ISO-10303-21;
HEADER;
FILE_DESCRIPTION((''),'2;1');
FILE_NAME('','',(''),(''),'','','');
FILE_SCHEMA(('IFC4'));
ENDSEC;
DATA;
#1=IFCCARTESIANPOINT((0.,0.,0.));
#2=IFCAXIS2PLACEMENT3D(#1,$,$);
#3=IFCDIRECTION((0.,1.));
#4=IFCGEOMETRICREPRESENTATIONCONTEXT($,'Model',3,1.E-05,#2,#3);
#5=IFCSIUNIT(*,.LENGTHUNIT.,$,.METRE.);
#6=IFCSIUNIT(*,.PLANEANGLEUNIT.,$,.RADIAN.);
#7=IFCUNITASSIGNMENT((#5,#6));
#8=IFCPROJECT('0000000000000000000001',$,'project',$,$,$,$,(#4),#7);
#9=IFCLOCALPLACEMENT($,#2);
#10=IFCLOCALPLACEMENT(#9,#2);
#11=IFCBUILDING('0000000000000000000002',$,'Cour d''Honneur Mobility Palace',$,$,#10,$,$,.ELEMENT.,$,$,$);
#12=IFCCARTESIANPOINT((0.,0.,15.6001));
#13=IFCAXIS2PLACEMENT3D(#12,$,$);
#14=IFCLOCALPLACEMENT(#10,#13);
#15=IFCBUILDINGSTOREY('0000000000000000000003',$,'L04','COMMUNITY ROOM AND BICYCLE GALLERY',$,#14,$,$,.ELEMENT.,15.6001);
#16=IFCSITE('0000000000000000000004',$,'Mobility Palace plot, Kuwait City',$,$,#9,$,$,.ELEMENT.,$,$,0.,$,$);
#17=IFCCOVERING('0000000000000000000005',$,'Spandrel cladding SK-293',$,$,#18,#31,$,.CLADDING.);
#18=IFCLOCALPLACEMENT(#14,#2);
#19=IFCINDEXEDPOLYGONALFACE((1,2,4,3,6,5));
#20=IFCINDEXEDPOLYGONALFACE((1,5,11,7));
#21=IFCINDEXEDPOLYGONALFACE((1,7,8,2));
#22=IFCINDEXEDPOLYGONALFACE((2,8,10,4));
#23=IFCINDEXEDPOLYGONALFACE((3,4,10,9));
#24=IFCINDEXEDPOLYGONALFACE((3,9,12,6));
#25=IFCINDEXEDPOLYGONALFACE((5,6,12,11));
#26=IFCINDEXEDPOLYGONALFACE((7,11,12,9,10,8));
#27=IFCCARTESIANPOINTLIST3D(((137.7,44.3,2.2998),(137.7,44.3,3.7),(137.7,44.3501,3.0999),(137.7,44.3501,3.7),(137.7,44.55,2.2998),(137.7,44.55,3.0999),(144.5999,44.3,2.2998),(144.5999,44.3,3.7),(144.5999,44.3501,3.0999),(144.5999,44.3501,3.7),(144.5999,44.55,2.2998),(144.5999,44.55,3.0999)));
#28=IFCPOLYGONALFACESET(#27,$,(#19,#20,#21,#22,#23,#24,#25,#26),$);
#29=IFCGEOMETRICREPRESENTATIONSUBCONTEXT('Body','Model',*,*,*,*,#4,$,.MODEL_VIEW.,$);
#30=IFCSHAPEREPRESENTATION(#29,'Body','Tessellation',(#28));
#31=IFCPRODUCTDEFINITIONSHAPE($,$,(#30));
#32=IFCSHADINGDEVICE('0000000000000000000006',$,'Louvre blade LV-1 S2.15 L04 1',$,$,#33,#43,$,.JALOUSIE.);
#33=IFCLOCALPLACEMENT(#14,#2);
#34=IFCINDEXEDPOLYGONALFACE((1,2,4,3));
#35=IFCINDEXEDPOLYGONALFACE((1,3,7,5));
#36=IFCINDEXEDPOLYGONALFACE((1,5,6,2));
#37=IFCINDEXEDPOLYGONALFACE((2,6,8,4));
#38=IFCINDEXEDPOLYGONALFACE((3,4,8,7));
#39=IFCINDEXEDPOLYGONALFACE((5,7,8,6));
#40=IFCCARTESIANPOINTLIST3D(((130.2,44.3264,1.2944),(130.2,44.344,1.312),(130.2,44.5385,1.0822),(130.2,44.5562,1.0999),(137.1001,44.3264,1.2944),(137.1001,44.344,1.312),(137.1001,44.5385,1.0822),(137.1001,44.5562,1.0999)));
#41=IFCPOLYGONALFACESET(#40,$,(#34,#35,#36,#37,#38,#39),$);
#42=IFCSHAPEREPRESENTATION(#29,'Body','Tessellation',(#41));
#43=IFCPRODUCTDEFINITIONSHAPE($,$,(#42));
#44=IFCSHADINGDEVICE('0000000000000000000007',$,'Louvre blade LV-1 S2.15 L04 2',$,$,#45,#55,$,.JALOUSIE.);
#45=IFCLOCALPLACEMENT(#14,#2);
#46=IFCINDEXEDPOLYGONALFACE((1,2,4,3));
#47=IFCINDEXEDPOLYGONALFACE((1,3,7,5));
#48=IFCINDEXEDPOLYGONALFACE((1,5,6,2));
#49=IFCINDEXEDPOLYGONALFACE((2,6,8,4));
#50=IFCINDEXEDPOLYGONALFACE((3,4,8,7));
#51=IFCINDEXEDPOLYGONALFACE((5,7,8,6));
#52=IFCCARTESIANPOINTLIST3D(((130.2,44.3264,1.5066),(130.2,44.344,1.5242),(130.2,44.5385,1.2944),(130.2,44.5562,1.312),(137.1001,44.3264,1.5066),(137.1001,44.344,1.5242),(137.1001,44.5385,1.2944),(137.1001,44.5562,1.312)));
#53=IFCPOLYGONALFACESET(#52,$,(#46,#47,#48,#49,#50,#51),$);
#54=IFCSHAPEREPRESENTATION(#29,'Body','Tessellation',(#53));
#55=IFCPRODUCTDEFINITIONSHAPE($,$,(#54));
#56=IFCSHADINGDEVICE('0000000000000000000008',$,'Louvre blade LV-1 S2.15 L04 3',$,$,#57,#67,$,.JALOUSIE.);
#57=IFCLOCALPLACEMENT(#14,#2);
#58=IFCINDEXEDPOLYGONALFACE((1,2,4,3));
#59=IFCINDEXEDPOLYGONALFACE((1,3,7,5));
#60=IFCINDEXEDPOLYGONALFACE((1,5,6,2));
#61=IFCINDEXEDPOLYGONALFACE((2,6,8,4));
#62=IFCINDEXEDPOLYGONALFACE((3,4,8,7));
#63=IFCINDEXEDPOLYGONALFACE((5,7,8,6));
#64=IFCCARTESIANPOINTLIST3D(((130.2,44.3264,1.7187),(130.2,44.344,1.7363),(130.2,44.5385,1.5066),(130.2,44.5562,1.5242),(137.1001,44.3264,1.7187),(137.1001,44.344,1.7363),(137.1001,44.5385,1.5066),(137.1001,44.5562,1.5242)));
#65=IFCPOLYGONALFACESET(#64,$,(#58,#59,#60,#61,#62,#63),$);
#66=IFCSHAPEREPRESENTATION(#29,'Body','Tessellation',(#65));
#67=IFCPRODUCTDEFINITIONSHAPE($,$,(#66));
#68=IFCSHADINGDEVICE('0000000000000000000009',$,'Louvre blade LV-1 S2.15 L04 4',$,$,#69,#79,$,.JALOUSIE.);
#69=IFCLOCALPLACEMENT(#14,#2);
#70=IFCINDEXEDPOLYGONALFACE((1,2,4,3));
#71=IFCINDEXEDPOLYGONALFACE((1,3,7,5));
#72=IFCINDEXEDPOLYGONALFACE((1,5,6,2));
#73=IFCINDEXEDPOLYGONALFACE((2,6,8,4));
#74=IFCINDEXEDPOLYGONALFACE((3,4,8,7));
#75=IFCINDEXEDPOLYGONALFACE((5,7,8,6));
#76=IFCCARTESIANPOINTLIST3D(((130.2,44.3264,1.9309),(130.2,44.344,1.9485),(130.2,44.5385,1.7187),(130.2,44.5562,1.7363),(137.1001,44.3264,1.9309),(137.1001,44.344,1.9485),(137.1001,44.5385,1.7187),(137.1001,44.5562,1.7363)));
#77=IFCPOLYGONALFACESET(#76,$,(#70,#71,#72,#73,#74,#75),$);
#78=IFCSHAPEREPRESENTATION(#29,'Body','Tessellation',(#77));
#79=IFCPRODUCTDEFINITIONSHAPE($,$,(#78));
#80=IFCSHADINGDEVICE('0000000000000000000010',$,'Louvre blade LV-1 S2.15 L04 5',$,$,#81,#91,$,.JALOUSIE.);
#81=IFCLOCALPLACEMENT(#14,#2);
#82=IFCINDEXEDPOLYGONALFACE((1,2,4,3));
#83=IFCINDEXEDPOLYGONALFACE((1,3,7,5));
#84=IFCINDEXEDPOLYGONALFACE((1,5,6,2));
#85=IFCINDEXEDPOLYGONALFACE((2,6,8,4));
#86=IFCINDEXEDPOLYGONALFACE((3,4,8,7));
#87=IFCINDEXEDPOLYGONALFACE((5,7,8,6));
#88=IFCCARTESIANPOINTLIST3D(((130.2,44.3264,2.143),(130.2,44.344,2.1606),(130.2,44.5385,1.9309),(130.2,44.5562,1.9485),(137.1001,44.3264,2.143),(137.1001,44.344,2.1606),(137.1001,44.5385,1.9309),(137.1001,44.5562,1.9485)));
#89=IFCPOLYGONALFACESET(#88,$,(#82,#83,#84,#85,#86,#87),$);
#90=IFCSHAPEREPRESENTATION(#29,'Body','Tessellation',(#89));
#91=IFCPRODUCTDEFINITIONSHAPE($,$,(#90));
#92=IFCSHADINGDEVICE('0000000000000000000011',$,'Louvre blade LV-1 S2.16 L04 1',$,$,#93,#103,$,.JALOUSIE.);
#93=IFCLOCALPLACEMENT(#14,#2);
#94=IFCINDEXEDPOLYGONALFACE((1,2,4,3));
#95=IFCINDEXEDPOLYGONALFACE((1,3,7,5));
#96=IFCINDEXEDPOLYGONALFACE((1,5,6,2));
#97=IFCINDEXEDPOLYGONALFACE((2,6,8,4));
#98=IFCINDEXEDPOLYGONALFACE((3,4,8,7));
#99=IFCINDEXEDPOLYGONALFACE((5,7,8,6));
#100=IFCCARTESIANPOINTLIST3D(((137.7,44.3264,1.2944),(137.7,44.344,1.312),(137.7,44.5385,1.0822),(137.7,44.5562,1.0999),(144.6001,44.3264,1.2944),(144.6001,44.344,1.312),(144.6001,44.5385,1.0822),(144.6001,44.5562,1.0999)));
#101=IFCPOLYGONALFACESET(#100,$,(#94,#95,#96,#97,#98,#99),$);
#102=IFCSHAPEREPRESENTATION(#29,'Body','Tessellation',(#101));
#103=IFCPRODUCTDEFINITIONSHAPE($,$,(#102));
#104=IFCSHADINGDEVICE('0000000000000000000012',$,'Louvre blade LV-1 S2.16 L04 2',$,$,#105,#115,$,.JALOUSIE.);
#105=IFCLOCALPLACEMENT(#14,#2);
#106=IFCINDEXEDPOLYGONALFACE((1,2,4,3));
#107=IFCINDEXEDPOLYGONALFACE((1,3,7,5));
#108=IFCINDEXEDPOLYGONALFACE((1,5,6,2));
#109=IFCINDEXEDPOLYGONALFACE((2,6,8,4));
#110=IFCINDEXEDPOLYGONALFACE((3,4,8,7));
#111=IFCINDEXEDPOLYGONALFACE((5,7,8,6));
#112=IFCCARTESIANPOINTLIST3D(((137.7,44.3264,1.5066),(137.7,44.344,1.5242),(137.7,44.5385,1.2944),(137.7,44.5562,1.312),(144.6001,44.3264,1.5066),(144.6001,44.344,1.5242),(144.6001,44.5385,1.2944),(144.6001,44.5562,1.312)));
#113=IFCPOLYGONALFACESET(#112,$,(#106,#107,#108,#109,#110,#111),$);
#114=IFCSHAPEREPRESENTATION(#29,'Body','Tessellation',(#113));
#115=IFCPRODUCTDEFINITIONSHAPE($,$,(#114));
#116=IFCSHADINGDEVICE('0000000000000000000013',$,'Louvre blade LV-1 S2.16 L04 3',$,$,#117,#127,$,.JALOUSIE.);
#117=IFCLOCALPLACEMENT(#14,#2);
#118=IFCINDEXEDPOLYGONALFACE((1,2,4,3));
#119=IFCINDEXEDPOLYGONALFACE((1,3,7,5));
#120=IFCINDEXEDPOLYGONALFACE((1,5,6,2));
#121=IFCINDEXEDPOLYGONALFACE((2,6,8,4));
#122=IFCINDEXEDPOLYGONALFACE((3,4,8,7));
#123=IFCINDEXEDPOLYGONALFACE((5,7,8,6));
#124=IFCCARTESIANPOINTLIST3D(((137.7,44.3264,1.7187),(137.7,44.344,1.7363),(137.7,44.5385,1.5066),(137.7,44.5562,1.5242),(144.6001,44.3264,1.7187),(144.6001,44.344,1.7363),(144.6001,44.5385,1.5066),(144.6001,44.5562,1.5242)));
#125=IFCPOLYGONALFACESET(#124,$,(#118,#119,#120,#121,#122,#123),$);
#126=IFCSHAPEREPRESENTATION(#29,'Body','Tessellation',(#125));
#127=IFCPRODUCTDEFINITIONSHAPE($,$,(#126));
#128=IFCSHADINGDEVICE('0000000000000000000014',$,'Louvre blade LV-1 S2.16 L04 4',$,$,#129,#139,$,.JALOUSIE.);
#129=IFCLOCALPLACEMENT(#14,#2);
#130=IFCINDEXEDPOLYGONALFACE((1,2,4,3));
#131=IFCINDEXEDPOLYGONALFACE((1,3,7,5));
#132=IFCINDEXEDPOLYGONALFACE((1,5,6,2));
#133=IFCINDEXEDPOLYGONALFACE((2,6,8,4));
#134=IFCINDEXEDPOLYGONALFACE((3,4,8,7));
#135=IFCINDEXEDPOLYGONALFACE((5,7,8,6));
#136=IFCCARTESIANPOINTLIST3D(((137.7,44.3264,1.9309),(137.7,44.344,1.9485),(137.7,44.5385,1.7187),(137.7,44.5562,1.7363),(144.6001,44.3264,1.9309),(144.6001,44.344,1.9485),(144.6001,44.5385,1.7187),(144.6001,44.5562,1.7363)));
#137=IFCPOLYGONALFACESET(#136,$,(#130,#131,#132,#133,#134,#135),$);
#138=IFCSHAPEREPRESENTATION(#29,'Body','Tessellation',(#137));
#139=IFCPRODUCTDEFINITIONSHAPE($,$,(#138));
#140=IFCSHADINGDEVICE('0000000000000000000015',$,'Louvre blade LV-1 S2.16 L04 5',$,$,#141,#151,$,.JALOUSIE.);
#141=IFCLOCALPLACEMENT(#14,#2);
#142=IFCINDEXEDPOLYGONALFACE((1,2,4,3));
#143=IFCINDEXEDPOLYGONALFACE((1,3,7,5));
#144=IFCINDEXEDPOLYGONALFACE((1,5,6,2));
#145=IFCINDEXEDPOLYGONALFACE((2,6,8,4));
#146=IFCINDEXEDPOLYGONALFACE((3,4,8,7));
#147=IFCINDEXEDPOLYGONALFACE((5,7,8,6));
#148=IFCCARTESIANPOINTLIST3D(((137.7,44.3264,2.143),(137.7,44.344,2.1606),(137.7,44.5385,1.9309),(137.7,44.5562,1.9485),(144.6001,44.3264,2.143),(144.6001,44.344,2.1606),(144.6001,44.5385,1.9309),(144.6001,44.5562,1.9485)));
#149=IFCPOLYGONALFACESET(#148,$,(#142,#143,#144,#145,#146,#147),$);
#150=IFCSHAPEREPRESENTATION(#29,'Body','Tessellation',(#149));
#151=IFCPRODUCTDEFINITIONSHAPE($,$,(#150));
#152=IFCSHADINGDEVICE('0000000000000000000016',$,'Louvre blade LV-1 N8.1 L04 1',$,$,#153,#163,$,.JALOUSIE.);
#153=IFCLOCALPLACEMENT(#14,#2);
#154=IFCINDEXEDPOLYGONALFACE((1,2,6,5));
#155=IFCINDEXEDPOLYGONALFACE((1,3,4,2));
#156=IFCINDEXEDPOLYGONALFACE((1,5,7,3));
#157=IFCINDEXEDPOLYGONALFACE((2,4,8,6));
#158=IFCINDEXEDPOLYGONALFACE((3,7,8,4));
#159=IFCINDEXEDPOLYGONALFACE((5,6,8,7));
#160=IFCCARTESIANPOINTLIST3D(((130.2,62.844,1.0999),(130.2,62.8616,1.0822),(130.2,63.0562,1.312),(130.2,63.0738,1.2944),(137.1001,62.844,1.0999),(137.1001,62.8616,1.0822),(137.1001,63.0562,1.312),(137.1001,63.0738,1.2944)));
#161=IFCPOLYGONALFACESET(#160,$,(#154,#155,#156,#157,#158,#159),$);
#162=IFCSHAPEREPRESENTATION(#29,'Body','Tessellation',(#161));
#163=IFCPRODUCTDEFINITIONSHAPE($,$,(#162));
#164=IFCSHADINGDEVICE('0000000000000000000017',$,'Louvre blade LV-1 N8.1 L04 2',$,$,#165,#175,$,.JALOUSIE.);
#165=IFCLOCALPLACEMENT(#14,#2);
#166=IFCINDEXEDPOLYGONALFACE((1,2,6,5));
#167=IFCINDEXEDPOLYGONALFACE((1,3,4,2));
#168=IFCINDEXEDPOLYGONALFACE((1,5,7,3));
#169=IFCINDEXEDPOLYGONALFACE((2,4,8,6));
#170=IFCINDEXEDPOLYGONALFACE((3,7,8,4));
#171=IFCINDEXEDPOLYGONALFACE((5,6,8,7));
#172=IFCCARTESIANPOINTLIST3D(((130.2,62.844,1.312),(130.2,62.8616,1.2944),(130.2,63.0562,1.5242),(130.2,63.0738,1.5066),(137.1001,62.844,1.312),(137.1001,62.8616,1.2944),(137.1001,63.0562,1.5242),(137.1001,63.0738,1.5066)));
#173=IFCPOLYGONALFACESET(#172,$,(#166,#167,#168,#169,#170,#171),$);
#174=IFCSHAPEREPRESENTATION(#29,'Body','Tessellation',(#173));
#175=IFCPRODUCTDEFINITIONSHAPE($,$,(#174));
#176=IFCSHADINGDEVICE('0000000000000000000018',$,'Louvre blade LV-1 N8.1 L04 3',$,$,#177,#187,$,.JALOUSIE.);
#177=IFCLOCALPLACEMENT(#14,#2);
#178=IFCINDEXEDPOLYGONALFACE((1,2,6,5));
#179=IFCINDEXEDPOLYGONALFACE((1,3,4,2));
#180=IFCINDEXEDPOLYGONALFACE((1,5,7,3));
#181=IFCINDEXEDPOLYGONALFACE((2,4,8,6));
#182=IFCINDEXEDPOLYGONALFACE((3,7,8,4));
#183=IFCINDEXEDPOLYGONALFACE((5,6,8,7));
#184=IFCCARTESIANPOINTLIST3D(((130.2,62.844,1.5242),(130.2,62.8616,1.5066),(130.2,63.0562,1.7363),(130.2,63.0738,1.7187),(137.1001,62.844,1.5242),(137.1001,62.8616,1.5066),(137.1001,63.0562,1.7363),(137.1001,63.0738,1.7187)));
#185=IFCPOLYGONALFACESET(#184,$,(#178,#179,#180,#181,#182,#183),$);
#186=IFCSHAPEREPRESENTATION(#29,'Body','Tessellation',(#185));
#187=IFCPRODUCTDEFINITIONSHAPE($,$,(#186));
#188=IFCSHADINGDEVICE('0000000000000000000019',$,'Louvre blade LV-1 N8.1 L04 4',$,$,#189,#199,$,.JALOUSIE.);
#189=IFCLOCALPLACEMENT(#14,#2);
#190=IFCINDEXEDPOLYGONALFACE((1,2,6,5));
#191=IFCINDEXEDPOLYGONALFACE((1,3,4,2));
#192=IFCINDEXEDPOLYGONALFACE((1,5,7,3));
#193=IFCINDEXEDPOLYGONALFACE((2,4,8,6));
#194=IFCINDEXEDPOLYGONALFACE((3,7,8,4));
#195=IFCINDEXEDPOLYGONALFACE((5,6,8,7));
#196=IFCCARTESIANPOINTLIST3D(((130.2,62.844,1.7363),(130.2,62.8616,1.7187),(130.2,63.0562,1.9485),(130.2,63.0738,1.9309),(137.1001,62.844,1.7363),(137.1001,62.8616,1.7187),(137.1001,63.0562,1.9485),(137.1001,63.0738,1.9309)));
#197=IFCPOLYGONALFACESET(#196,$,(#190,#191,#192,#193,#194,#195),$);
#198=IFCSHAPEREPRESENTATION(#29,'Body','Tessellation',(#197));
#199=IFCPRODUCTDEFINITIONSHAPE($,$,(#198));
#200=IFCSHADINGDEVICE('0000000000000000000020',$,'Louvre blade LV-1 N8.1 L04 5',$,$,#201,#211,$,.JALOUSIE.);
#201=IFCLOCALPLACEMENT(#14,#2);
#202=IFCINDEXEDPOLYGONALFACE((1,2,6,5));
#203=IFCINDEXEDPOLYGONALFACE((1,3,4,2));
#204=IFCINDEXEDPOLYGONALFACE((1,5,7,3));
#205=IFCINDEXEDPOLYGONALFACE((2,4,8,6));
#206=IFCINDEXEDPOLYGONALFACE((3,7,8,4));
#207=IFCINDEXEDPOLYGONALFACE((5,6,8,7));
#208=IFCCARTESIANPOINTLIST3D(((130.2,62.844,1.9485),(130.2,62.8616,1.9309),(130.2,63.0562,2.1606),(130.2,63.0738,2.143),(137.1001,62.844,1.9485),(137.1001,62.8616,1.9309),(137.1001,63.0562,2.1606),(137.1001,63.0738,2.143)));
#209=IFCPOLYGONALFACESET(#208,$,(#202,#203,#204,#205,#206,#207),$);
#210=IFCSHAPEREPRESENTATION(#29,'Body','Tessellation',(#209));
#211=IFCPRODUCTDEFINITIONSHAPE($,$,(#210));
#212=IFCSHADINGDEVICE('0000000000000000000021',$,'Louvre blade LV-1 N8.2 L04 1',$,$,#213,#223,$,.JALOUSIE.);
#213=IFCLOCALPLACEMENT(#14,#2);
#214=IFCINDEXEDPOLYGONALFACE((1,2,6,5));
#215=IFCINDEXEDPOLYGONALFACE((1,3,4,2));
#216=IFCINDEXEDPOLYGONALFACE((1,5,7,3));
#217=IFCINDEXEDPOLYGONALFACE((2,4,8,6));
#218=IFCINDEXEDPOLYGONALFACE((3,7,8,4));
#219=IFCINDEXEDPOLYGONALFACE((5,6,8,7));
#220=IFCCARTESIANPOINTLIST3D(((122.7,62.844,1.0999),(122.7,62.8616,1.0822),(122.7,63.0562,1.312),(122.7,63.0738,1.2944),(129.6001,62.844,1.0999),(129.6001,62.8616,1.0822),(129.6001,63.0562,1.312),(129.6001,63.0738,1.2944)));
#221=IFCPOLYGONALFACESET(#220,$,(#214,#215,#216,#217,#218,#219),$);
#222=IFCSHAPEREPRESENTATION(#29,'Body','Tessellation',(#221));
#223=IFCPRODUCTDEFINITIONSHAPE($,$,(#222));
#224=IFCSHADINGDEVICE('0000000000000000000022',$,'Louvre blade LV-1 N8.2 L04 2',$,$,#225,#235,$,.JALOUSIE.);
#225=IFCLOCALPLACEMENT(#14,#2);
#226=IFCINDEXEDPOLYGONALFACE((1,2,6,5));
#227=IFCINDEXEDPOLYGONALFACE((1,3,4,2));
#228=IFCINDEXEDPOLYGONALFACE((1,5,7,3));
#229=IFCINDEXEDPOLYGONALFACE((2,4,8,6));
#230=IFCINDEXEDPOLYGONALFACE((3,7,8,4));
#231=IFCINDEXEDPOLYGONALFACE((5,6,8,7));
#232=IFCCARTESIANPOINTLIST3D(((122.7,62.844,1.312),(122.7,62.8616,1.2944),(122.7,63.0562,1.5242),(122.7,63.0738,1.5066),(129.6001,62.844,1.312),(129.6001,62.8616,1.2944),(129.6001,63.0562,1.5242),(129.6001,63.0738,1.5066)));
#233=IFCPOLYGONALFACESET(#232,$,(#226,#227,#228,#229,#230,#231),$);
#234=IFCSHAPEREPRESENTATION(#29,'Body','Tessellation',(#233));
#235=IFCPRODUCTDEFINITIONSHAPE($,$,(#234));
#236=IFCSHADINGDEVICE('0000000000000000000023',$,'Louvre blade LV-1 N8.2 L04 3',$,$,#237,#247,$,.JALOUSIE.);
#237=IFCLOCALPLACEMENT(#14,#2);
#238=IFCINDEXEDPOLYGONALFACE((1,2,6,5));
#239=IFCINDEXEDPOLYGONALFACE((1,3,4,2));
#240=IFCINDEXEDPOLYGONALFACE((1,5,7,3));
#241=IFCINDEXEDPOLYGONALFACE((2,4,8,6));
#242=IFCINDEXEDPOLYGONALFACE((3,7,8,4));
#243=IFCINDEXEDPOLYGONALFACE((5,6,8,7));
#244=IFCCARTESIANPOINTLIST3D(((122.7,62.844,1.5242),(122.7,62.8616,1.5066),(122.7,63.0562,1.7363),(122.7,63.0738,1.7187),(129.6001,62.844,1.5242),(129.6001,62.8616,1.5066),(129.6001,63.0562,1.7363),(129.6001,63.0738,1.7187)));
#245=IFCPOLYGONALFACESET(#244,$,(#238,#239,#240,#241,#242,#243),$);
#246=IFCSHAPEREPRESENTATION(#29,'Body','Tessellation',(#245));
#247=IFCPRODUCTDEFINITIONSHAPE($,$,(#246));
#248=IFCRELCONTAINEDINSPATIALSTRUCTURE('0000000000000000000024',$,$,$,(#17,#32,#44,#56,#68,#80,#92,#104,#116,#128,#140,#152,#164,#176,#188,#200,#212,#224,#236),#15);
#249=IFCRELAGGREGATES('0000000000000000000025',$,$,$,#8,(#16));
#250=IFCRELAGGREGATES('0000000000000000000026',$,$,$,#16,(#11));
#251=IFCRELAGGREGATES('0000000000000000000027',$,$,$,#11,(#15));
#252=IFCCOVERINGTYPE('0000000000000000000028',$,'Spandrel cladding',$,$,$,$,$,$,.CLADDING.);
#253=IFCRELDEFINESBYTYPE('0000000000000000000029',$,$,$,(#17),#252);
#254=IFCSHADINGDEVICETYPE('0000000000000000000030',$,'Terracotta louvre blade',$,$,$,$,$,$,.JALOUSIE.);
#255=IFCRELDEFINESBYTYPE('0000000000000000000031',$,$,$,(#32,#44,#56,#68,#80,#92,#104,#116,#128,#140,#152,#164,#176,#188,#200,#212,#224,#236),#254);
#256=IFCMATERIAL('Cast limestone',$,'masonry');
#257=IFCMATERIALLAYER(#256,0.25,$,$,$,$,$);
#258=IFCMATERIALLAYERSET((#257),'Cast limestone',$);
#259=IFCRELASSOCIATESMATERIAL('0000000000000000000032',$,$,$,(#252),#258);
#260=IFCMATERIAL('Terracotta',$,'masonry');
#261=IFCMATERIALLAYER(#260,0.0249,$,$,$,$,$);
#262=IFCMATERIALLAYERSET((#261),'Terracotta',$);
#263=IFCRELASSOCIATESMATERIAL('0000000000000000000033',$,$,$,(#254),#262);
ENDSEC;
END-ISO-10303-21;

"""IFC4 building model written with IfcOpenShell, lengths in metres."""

from ifc_helpers import new_model, si_unit, direction, frame, origin, place, context, subcontext, project, spatial, polyline, outline, extrude, material, layer, layer_set, type_object, element, save


model = new_model("IFC4")

# Units and contexts
model_context = context("Model", 3, precision=1e-05, world=origin(), true_north=direction((0.0, 1.0)))
body_context = subcontext(model_context, "Body", "Model", "MODEL_VIEW")
ifc_project = project(units=[si_unit("LENGTHUNIT", "METRE"), si_unit("PLANEANGLEUNIT", "RADIAN")], contexts=[model_context])

# Site, building, storey
site_placement = place(None, origin())
site = spatial("IfcSite", under=ifc_project, at=site_placement, Name="Mobility Palace plot, Kuwait City", CompositionType="ELEMENT", RefElevation=0.0)
building_placement = place(site_placement, origin())
building = spatial("IfcBuilding", under=site, at=building_placement, Name="Cour d'Honneur Mobility Palace", CompositionType="ELEMENT")
storey_placement = place(building_placement, frame((0.0, 0.0, 15.6001)))
storey = spatial("IfcBuildingStorey", under=building, at=storey_placement, Name="L04", Description="COMMUNITY ROOM AND BICYCLE GALLERY", CompositionType="ELEMENT", Elevation=15.6001)

# Covering
ifc_material_1 = material(Name="Cast limestone", Category="masonry")
ifc_layer_1 = layer(ifc_material_1, 0.25)
ifc_layer_set_1 = layer_set([ifc_layer_1], Name="Cast limestone")
covering_type = type_object("IfcCoveringType", Name="Spandrel cladding", PredefinedType="CLADDING", material=ifc_layer_set_1)
covering_placement = place(storey_placement, frame((137.7, 44.55, 2.2998), z_axis=(-1.0, 0.0, 0.0), x_axis=(0.0, -1.0, 0.0)))
element("IfcCovering", 1, at=covering_placement, inside=storey, type_object=covering_type, Name="Spandrel cladding SK-293", PredefinedType="CLADDING", context=body_context, shape_type="SweptSolid", body=[
    extrude(outline(polyline([(0.0, 0.0), (0.25, 0.0), (0.25, 1.4001), (0.2, 1.4001), (0.2, 0.8), (0.0, 0.8), (0.0, 0.0)])), origin(), (0.0, 0.0, -1.0), 6.8999),
])

# Shading devices
ifc_material_2 = material(Name="Terracotta", Category="masonry")
ifc_layer_2 = layer(ifc_material_2, 0.0249)
ifc_layer_set_2 = layer_set([ifc_layer_2], Name="Terracotta")
shading_device_type = type_object("IfcShadingDeviceType", Name="Terracotta louvre blade", PredefinedType="JALOUSIE", material=ifc_layer_set_2)
for number, where, z_axis, x_axis, name in (
    (2, (130.2, 44.5562, 1.0999), (0.0, 0.707107, 0.707107), (1.0, 0.0, 0.0), "Louvre blade LV-1 S2.15 L04 1"),
    (3, (130.2, 44.5562, 1.312), (0.0, 0.707107, 0.707107), (1.0, 0.0, 0.0), "Louvre blade LV-1 S2.15 L04 2"),
    (4, (130.2, 44.5562, 1.5242), (0.0, 0.707107, 0.707107), (1.0, 0.0, 0.0), "Louvre blade LV-1 S2.15 L04 3"),
    (5, (130.2, 44.5562, 1.7363), (0.0, 0.707107, 0.707107), (1.0, 0.0, 0.0), "Louvre blade LV-1 S2.15 L04 4"),
    (6, (130.2, 44.5562, 1.9485), (0.0, 0.707107, 0.707107), (1.0, 0.0, 0.0), "Louvre blade LV-1 S2.15 L04 5"),
    (7, (137.7, 44.5562, 1.0999), (0.0, 0.707107, 0.707107), (1.0, 0.0, 0.0), "Louvre blade LV-1 S2.16 L04 1"),
    (8, (137.7, 44.5562, 1.312), (0.0, 0.707107, 0.707107), (1.0, 0.0, 0.0), "Louvre blade LV-1 S2.16 L04 2"),
    (9, (137.7, 44.5562, 1.5242), (0.0, 0.707107, 0.707107), (1.0, 0.0, 0.0), "Louvre blade LV-1 S2.16 L04 3"),
    (10, (137.7, 44.5562, 1.7363), (0.0, 0.707107, 0.707107), (1.0, 0.0, 0.0), "Louvre blade LV-1 S2.16 L04 4"),
    (11, (137.7, 44.5562, 1.9485), (0.0, 0.707107, 0.707107), (1.0, 0.0, 0.0), "Louvre blade LV-1 S2.16 L04 5"),
    (12, (137.1001, 62.844, 1.0999), (0.0, -0.707107, 0.707107), (-1.0, 0.0, 0.0), "Louvre blade LV-1 N8.1 L04 1"),
    (13, (137.1001, 62.844, 1.312), (0.0, -0.707107, 0.707107), (-1.0, 0.0, 0.0), "Louvre blade LV-1 N8.1 L04 2"),
    (14, (137.1001, 62.844, 1.5242), (0.0, -0.707107, 0.707107), (-1.0, 0.0, 0.0), "Louvre blade LV-1 N8.1 L04 3"),
    (15, (137.1001, 62.844, 1.7363), (0.0, -0.707107, 0.707107), (-1.0, 0.0, 0.0), "Louvre blade LV-1 N8.1 L04 4"),
    (16, (137.1001, 62.844, 1.9485), (0.0, -0.707107, 0.707107), (-1.0, 0.0, 0.0), "Louvre blade LV-1 N8.1 L04 5"),
    (17, (129.6001, 62.844, 1.0999), (0.0, -0.707107, 0.707107), (-1.0, 0.0, 0.0), "Louvre blade LV-1 N8.2 L04 1"),
    (18, (129.6001, 62.844, 1.312), (0.0, -0.707107, 0.707107), (-1.0, 0.0, 0.0), "Louvre blade LV-1 N8.2 L04 2"),
    (19, (129.6001, 62.844, 1.5242), (0.0, -0.707107, 0.707107), (-1.0, 0.0, 0.0), "Louvre blade LV-1 N8.2 L04 3"),
):
    element("IfcShadingDevice", number, at=place(storey_placement, frame(where, z_axis=z_axis, x_axis=x_axis)), inside=storey, type_object=shading_device_type, Name=name, PredefinedType="JALOUSIE", context=body_context, shape_type="SweptSolid", body=[
        extrude(outline(polyline([(0.0, 0.0), (6.9001, 0.0), (6.9001, -0.3), (0.0, -0.3), (0.0, 0.0)])), origin(), (0.0, 0.0, -1.0), 0.0249),
    ])

save(model, "model.ifc")
